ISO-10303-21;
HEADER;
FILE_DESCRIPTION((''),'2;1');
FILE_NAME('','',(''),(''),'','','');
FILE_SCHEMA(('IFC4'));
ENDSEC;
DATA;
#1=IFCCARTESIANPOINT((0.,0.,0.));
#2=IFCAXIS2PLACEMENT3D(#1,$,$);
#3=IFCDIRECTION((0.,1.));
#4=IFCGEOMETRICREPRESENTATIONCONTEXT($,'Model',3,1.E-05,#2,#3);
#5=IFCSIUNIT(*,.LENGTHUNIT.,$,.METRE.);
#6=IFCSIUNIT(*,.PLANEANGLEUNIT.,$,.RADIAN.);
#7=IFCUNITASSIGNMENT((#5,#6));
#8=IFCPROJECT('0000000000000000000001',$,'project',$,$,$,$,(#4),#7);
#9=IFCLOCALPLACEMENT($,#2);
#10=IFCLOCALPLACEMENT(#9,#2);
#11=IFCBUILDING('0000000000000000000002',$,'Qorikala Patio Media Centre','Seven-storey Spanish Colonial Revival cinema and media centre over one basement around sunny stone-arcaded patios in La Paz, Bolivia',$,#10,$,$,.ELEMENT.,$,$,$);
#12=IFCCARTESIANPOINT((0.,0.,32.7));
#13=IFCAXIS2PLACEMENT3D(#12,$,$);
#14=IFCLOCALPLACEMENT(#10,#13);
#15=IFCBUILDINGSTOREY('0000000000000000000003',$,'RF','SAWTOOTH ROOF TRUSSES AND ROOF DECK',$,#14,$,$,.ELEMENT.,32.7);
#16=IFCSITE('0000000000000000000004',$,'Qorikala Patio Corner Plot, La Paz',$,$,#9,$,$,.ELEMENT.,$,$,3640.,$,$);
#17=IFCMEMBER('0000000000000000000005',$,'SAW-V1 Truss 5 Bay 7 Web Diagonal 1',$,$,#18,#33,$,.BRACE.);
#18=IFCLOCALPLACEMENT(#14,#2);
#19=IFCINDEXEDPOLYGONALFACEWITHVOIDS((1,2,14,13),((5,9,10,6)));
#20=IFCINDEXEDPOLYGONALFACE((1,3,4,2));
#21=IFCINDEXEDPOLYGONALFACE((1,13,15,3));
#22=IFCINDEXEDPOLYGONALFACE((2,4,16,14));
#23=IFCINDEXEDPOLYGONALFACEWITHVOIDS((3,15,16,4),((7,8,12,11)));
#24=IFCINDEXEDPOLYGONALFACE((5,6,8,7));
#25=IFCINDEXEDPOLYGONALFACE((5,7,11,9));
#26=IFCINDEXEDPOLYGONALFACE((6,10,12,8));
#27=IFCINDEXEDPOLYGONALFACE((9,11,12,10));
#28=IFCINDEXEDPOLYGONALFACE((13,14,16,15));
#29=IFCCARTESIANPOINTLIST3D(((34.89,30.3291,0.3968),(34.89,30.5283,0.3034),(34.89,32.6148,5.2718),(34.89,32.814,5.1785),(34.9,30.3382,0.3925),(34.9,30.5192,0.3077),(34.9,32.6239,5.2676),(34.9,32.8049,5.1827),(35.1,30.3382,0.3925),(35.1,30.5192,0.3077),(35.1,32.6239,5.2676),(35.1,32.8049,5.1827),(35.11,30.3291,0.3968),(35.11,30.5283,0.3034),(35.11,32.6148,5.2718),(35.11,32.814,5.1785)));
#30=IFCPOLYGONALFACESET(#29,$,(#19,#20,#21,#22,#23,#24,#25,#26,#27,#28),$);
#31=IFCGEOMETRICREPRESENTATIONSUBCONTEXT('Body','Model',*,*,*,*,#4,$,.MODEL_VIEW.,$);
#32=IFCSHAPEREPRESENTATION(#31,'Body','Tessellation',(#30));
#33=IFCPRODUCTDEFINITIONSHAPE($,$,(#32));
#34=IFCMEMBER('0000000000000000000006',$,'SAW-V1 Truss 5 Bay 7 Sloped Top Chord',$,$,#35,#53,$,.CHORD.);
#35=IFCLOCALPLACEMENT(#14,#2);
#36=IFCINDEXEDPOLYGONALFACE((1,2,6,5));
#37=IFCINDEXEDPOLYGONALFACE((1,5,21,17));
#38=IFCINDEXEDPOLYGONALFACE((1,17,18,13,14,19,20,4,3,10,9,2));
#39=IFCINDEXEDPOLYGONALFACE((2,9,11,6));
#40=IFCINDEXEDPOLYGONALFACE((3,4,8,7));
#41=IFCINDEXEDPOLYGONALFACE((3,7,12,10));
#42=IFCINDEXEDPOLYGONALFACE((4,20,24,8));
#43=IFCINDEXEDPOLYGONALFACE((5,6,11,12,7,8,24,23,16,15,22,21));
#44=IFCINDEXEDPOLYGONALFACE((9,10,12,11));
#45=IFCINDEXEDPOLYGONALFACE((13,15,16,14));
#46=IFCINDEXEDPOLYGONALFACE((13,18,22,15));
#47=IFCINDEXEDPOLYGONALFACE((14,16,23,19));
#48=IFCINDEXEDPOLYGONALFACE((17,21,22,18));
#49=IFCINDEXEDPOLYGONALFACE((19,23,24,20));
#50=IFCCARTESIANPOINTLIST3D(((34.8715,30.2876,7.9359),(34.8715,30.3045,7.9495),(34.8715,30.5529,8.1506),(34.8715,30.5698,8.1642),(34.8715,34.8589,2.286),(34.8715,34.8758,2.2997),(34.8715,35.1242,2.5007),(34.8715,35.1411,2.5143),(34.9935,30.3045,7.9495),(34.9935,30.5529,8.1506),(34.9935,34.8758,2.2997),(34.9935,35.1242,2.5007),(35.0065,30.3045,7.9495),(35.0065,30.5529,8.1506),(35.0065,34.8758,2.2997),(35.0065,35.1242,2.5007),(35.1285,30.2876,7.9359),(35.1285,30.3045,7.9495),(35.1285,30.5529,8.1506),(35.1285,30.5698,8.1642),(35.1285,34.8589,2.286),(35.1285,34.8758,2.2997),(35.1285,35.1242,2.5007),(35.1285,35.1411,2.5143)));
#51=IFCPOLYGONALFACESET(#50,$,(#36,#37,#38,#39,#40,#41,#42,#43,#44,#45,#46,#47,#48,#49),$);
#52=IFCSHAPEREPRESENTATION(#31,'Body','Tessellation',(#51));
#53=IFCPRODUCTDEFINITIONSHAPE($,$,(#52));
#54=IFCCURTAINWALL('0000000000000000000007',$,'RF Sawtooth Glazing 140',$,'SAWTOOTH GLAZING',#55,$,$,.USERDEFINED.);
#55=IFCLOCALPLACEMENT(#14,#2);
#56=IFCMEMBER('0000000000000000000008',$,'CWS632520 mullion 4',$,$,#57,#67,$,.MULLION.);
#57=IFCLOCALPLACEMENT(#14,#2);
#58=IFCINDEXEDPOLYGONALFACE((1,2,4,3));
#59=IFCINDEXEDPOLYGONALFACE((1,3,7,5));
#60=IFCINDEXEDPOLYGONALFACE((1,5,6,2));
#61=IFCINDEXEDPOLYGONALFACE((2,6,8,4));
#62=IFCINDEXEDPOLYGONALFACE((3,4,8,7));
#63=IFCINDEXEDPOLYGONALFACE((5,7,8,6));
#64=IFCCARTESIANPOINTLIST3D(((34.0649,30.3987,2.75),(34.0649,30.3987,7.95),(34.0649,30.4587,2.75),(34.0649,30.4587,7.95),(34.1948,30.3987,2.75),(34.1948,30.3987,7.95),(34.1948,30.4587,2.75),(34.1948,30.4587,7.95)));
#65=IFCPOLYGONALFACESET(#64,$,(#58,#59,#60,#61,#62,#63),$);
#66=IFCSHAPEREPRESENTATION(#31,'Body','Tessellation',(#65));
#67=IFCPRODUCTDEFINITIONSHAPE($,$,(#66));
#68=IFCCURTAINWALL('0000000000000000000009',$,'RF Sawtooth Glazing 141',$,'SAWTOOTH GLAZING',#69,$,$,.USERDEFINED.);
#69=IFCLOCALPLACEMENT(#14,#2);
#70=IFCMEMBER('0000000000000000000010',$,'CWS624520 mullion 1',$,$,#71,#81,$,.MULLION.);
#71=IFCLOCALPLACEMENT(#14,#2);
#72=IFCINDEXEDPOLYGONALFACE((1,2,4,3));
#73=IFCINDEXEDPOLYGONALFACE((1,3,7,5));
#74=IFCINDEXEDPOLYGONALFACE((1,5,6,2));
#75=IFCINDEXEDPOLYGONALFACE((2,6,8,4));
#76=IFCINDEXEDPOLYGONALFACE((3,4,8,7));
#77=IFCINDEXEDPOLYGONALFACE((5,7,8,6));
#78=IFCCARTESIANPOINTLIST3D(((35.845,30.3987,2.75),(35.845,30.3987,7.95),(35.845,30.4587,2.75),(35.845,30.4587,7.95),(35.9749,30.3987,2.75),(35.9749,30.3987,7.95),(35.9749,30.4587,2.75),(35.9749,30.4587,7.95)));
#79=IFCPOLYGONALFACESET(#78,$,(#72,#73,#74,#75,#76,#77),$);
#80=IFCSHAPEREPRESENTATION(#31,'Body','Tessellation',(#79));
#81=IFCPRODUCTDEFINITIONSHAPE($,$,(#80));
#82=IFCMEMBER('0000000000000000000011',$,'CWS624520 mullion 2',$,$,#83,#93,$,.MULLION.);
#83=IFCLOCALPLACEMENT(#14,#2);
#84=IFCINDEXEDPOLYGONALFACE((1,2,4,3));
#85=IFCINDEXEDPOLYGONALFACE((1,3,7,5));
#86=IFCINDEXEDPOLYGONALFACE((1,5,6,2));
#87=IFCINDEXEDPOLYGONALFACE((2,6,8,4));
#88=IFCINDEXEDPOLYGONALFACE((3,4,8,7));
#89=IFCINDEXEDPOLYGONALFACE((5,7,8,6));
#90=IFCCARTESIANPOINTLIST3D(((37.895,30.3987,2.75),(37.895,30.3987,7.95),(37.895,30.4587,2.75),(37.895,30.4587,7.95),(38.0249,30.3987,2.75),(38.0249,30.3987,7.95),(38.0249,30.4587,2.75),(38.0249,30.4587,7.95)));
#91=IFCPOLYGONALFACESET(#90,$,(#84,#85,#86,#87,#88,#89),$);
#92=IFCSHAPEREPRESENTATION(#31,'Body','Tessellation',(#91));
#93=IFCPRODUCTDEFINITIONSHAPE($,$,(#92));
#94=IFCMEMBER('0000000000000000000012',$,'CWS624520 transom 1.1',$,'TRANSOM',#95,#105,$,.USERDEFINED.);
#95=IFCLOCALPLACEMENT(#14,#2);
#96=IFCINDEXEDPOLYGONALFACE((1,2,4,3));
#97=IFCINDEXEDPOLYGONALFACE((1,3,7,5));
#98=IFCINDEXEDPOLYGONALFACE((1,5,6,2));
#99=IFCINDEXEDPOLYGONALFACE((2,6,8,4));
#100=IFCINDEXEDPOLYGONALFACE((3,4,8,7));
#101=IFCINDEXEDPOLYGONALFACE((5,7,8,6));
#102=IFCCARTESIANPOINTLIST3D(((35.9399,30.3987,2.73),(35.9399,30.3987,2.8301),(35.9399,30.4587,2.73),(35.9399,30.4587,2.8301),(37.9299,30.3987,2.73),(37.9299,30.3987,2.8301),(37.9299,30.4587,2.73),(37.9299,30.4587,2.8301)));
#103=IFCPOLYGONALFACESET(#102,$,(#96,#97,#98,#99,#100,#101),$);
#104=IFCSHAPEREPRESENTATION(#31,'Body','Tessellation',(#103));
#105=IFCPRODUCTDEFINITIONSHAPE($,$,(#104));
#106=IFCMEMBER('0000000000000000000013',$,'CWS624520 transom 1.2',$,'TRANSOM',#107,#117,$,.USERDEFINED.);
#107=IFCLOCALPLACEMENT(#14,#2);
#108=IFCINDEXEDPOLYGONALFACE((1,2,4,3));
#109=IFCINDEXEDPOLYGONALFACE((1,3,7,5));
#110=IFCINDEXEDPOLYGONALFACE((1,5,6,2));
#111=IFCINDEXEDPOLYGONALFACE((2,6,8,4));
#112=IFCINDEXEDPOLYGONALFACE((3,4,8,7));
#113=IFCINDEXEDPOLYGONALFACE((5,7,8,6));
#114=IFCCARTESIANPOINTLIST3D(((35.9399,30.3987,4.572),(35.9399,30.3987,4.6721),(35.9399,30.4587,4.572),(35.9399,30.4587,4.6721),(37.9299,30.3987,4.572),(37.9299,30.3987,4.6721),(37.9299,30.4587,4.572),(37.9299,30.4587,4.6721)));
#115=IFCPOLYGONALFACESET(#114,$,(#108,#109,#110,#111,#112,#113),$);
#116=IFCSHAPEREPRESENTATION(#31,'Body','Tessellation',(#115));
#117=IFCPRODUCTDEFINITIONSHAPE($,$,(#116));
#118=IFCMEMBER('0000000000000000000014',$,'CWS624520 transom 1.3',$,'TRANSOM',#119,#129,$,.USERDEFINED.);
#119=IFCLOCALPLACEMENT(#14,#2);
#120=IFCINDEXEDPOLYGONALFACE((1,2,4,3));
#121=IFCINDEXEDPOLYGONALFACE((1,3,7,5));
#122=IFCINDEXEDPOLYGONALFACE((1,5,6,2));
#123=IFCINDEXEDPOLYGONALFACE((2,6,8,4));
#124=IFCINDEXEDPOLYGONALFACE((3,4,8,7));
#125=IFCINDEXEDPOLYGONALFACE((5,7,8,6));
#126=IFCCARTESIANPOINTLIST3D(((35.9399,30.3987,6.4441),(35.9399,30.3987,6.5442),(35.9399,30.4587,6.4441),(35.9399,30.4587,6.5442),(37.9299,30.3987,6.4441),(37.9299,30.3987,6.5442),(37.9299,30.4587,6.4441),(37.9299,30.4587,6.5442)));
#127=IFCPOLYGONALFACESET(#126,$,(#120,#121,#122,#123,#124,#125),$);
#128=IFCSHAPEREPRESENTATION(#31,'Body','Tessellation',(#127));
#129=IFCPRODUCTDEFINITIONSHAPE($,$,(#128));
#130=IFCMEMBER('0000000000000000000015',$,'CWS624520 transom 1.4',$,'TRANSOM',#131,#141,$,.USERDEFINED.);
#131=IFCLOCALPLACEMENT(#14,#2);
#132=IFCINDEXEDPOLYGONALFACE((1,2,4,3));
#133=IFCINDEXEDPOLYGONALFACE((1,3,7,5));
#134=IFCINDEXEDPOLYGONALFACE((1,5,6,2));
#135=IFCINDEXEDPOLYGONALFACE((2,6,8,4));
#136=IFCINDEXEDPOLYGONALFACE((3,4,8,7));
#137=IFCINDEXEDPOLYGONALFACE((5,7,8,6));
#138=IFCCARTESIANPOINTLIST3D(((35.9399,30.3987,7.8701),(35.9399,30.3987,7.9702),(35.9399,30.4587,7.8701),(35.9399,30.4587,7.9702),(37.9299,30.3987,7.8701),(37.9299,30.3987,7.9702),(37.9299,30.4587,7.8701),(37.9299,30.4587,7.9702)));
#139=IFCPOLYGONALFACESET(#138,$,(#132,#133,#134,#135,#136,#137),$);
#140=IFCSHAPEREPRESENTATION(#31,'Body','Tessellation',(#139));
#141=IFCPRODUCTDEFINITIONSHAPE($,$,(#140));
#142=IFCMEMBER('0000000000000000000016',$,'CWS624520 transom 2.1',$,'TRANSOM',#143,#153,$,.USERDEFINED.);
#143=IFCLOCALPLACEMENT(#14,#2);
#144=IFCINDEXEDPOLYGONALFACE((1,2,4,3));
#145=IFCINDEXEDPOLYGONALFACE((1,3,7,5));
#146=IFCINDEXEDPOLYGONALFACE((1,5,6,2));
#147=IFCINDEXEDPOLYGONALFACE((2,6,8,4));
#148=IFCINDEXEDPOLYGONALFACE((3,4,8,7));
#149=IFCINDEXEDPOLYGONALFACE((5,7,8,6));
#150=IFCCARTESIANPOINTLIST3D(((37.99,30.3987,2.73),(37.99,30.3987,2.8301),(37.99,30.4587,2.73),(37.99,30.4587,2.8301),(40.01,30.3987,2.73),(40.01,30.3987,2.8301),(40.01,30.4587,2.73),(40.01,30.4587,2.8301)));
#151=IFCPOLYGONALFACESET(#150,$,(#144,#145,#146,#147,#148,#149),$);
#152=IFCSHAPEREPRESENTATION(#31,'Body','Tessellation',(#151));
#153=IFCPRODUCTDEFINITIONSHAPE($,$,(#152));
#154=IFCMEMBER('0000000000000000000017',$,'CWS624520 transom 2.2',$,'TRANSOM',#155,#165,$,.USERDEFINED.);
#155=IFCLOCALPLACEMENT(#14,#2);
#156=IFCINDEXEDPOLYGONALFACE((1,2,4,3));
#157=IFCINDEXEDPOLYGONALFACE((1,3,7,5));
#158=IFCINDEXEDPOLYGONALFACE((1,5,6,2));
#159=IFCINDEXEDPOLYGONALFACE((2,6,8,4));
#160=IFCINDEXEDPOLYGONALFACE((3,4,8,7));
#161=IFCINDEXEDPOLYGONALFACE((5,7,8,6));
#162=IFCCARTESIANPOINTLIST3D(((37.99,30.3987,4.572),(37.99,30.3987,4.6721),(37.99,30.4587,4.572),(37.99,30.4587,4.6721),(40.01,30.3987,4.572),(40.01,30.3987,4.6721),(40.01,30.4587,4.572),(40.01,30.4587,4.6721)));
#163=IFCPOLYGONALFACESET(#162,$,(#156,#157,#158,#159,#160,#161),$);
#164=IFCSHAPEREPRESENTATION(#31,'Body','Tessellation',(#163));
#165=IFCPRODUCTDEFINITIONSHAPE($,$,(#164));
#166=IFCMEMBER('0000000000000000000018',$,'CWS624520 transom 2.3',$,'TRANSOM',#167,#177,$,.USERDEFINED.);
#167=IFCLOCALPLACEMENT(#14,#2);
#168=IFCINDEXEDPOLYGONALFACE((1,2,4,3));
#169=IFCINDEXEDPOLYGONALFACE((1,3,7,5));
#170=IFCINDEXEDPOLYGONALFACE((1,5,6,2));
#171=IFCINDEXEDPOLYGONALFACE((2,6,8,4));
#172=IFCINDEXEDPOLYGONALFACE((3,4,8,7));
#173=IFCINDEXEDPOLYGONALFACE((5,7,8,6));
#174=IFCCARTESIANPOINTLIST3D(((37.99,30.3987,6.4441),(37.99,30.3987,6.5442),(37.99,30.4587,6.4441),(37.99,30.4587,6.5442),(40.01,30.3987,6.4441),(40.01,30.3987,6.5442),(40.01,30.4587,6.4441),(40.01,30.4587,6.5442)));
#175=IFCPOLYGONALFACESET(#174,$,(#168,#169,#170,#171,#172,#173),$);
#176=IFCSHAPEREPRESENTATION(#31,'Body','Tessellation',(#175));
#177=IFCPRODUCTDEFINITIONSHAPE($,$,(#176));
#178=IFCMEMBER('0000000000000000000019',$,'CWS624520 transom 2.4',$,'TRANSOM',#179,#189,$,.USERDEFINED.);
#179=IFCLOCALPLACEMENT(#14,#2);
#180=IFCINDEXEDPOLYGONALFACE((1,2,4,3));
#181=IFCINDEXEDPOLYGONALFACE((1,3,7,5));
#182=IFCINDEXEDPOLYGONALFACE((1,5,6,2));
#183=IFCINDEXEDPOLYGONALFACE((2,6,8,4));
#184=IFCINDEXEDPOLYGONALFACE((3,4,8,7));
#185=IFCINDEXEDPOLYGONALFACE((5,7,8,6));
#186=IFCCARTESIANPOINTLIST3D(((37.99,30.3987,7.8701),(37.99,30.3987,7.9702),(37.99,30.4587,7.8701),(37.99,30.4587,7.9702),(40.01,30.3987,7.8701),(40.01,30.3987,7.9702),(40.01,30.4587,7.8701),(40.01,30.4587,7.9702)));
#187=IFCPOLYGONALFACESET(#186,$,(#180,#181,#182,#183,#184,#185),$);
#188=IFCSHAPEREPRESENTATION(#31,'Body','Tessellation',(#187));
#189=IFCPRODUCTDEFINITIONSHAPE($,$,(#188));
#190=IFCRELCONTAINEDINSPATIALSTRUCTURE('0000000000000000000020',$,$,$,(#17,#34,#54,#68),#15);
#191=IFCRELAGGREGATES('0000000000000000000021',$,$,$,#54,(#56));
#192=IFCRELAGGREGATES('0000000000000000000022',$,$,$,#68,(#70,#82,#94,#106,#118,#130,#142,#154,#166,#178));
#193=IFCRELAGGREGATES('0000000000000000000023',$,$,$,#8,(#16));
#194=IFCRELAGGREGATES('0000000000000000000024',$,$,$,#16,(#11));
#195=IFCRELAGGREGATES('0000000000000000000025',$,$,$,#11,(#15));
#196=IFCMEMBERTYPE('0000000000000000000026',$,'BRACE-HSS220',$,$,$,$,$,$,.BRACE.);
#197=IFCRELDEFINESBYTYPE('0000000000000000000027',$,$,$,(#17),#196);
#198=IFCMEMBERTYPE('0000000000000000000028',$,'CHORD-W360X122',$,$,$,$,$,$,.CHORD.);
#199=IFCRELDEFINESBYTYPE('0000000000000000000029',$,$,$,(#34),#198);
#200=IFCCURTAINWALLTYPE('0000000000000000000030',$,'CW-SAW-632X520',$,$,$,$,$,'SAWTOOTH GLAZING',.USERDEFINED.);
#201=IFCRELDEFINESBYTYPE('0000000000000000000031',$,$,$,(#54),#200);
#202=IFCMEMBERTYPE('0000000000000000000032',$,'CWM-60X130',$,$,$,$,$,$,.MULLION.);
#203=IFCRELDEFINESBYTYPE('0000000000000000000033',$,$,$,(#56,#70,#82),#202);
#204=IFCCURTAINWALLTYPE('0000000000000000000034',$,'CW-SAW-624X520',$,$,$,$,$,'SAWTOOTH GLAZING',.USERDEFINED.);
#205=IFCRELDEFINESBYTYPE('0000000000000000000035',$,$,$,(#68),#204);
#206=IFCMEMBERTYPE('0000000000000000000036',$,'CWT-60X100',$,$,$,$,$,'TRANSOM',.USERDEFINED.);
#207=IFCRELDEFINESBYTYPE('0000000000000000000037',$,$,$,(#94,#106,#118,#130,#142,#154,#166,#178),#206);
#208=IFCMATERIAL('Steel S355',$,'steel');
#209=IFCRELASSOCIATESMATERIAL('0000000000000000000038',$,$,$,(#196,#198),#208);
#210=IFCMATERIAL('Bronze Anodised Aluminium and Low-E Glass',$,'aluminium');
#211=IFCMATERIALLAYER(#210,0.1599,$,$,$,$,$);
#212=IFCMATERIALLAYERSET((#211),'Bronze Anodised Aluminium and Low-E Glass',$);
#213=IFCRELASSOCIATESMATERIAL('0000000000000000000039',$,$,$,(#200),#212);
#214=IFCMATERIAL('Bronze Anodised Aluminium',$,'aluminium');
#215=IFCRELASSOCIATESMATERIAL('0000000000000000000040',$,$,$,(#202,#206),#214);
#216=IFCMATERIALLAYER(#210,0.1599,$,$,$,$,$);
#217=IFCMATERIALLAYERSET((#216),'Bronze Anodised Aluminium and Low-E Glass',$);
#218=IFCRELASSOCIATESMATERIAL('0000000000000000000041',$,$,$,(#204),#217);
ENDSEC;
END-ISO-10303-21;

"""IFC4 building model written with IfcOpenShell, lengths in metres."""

from ifc_helpers import new_model, si_unit, direction, frame, origin, origin_2d, place, context, subcontext, project, spatial, rectangle, hollow_rectangle, i_section, extrude, material, layer, layer_set, material_profile, profile_set, type_object, element, aggregate, save


model = new_model("IFC4")

# Units and contexts
model_context = context("Model", 3, precision=1e-05, world=origin(), true_north=direction((0.0, 1.0)))
body_context = subcontext(model_context, "Body", "Model", "MODEL_VIEW")
ifc_project = project(units=[si_unit("LENGTHUNIT", "METRE"), si_unit("PLANEANGLEUNIT", "RADIAN")], contexts=[model_context])

# Site, building, storey
site_placement = place(None, origin())
site = spatial("IfcSite", under=ifc_project, at=site_placement, Name="Qorikala Patio Corner Plot, La Paz", CompositionType="ELEMENT", RefElevation=3640.0)
building_placement = place(site_placement, origin())
building = spatial("IfcBuilding", under=site, at=building_placement, Name="Qorikala Patio Media Centre", Description="Seven-storey Spanish Colonial Revival cinema and media centre over one basement around sunny stone-arcaded patios in La Paz, Bolivia", CompositionType="ELEMENT")
storey_placement = place(building_placement, frame((0.0, 0.0, 32.7)))
storey = spatial("IfcBuildingStorey", under=building, at=storey_placement, Name="RF", Description="SAWTOOTH ROOF TRUSSES AND ROOF DECK", CompositionType="ELEMENT", Elevation=32.7)

# Members
ifc_material_1 = material(Name="Steel S355", Category="steel")
ifc_material_profile_1 = material_profile(ifc_material_1, hollow_rectangle(XDim=0.22, YDim=0.22, WallThickness=0.01, at=origin_2d()), Name="HSS220X220X10")
ifc_profile_set_1 = profile_set([ifc_material_profile_1], Name="Steel S355")
member_type_1 = type_object("IfcMemberType", Name="BRACE-HSS220", PredefinedType="BRACE", material=ifc_profile_set_1)
member_1_placement = place(storey_placement, frame((35.0, 30.4287, 0.3501), z_axis=(0.0, 0.424508, 0.905424), x_axis=(-1.0, 0.0, 0.0)))
element("IfcMember", 1, at=member_1_placement, inside=storey, type_object=member_type_1, Name="SAW-V1 Truss 5 Bay 7 Web Diagonal 1", PredefinedType="BRACE", context=body_context, shape_type="SweptSolid", body=[
    extrude(hollow_rectangle(XDim=0.22, YDim=0.22, WallThickness=0.01, at=origin_2d()), origin(), (0.0, 0.0, 1.0), 5.3843),
])
ifc_material_profile_2 = material_profile(ifc_material_1, i_section(OverallWidth=0.2571, OverallDepth=0.363, WebThickness=0.0129, FlangeThickness=0.0217, at=origin_2d()), Name="W360X122")
ifc_profile_set_2 = profile_set([ifc_material_profile_2], Name="Steel S355")
member_type_2 = type_object("IfcMemberType", Name="CHORD-W360X122", PredefinedType="CHORD", material=ifc_profile_set_2)
member_2_placement = place(storey_placement, frame((35.0, 30.4287, 8.05), z_axis=(0.0, 0.628995, -0.777409), x_axis=(-1.0, 0.0, 0.0)))
element("IfcMember", 2, at=member_2_placement, inside=storey, type_object=member_type_2, Name="SAW-V1 Truss 5 Bay 7 Sloped Top Chord", PredefinedType="CHORD", context=body_context, shape_type="SweptSolid", body=[
    extrude(i_section(OverallWidth=0.2571, OverallDepth=0.363, WebThickness=0.0129, FlangeThickness=0.0217, at=origin_2d()), origin(), (0.0, 0.0, 1.0), 7.2676),
])

# Curtain wall, member
ifc_material_2 = material(Name="Bronze Anodised Aluminium and Low-E Glass", Category="aluminium")
ifc_layer_1 = layer(ifc_material_2, 0.1599)
ifc_layer_set_1 = layer_set([ifc_layer_1], Name="Bronze Anodised Aluminium and Low-E Glass")
curtain_wall_type_1 = type_object("IfcCurtainWallType", Name="CW-SAW-632X520", ElementType="SAWTOOTH GLAZING", PredefinedType="USERDEFINED", material=ifc_layer_set_1)
curtain_wall_1_placement = place(storey_placement, origin())
curtain_wall_1 = element("IfcCurtainWall", 3, at=curtain_wall_1_placement, inside=storey, type_object=curtain_wall_type_1, Name="RF Sawtooth Glazing 140", ObjectType="SAWTOOTH GLAZING", PredefinedType="USERDEFINED")
ifc_material_3 = material(Name="Bronze Anodised Aluminium", Category="aluminium")
ifc_material_profile_3 = material_profile(ifc_material_3, rectangle(XDim=0.0601, YDim=0.1299, at=origin_2d()), Name="ALU MULLION 60x130")
ifc_profile_set_3 = profile_set([ifc_material_profile_3], Name="Bronze Anodised Aluminium")
member_type_3 = type_object("IfcMemberType", Name="CWM-60X130", PredefinedType="MULLION", material=ifc_profile_set_3)
member_3_placement = place(storey_placement, frame((34.1299, 30.4287, 2.75), z_axis=(0.0, 0.0, 1.0), x_axis=(0.0, 1.0, 0.0)))
member_3 = element("IfcMember", 4, at=member_3_placement, type_object=member_type_3, Name="CWS632520 mullion 4", PredefinedType="MULLION", context=body_context, shape_type="SweptSolid", body=[
    extrude(rectangle(XDim=0.0601, YDim=0.1299, at=origin_2d()), origin(), (0.0, 0.0, 1.0), 5.2),
])

# Curtain wall, members
ifc_layer_2 = layer(ifc_material_2, 0.1599)
ifc_layer_set_2 = layer_set([ifc_layer_2], Name="Bronze Anodised Aluminium and Low-E Glass")
curtain_wall_type_2 = type_object("IfcCurtainWallType", Name="CW-SAW-624X520", ElementType="SAWTOOTH GLAZING", PredefinedType="USERDEFINED", material=ifc_layer_set_2)
curtain_wall_2_placement = place(storey_placement, origin())
curtain_wall_2 = element("IfcCurtainWall", 5, at=curtain_wall_2_placement, inside=storey, type_object=curtain_wall_type_2, Name="RF Sawtooth Glazing 141", ObjectType="SAWTOOTH GLAZING", PredefinedType="USERDEFINED")
member_4_placement = place(storey_placement, frame((35.9099, 30.4287, 2.75), z_axis=(0.0, 0.0, 1.0), x_axis=(0.0, 1.0, 0.0)))
member_4 = element("IfcMember", 6, at=member_4_placement, type_object=member_type_3, Name="CWS624520 mullion 1", PredefinedType="MULLION", context=body_context, shape_type="SweptSolid", body=[
    extrude(rectangle(XDim=0.0601, YDim=0.1299, at=origin_2d()), origin(), (0.0, 0.0, 1.0), 5.2),
])
member_5_placement = place(storey_placement, frame((37.96, 30.4287, 2.75), z_axis=(0.0, 0.0, 1.0), x_axis=(0.0, 1.0, 0.0)))
member_5 = element("IfcMember", 7, at=member_5_placement, type_object=member_type_3, Name="CWS624520 mullion 2", PredefinedType="MULLION", context=body_context, shape_type="SweptSolid", body=[
    extrude(rectangle(XDim=0.0601, YDim=0.1299, at=origin_2d()), origin(), (0.0, 0.0, 1.0), 5.2),
])
ifc_material_profile_4 = material_profile(ifc_material_3, rectangle(XDim=0.0601, YDim=0.1001, at=origin_2d()), Name="ALU TRANSOM 60x100")
ifc_profile_set_4 = profile_set([ifc_material_profile_4], Name="Bronze Anodised Aluminium")
member_type_4 = type_object("IfcMemberType", Name="CWT-60X100", ElementType="TRANSOM", PredefinedType="USERDEFINED", material=ifc_profile_set_4)
member_6_placement = place(storey_placement, frame((35.9399, 30.4287, 2.78), z_axis=(1.0, 0.0, 0.0), x_axis=(0.0, 1.0, 0.0)))
member_6 = element("IfcMember", 8, at=member_6_placement, type_object=member_type_4, Name="CWS624520 transom 1.1", ObjectType="TRANSOM", PredefinedType="USERDEFINED", context=body_context, shape_type="SweptSolid", body=[
    extrude(rectangle(XDim=0.0601, YDim=0.1001, at=origin_2d()), origin(), (0.0, 0.0, 1.0), 1.99),
])
member_7_placement = place(storey_placement, frame((35.9399, 30.4287, 4.6221), z_axis=(1.0, 0.0, 0.0), x_axis=(0.0, 1.0, 0.0)))
member_7 = element("IfcMember", 9, at=member_7_placement, type_object=member_type_4, Name="CWS624520 transom 1.2", ObjectType="TRANSOM", PredefinedType="USERDEFINED", context=body_context, shape_type="SweptSolid", body=[
    extrude(rectangle(XDim=0.0601, YDim=0.1001, at=origin_2d()), origin(), (0.0, 0.0, 1.0), 1.99),
])
member_8_placement = place(storey_placement, frame((35.9399, 30.4287, 6.4941), z_axis=(1.0, 0.0, 0.0), x_axis=(0.0, 1.0, 0.0)))
member_8 = element("IfcMember", 10, at=member_8_placement, type_object=member_type_4, Name="CWS624520 transom 1.3", ObjectType="TRANSOM", PredefinedType="USERDEFINED", context=body_context, shape_type="SweptSolid", body=[
    extrude(rectangle(XDim=0.0601, YDim=0.1001, at=origin_2d()), origin(), (0.0, 0.0, 1.0), 1.99),
])
member_9_placement = place(storey_placement, frame((35.9399, 30.4287, 7.9202), z_axis=(1.0, 0.0, 0.0), x_axis=(0.0, 1.0, 0.0)))
member_9 = element("IfcMember", 11, at=member_9_placement, type_object=member_type_4, Name="CWS624520 transom 1.4", ObjectType="TRANSOM", PredefinedType="USERDEFINED", context=body_context, shape_type="SweptSolid", body=[
    extrude(rectangle(XDim=0.0601, YDim=0.1001, at=origin_2d()), origin(), (0.0, 0.0, 1.0), 1.99),
])
member_10_placement = place(storey_placement, frame((37.99, 30.4287, 2.78), z_axis=(1.0, 0.0, 0.0), x_axis=(0.0, 1.0, 0.0)))
member_10 = element("IfcMember", 12, at=member_10_placement, type_object=member_type_4, Name="CWS624520 transom 2.1", ObjectType="TRANSOM", PredefinedType="USERDEFINED", context=body_context, shape_type="SweptSolid", body=[
    extrude(rectangle(XDim=0.0601, YDim=0.1001, at=origin_2d()), origin(), (0.0, 0.0, 1.0), 2.02),
])
member_11_placement = place(storey_placement, frame((37.99, 30.4287, 4.6221), z_axis=(1.0, 0.0, 0.0), x_axis=(0.0, 1.0, 0.0)))
member_11 = element("IfcMember", 13, at=member_11_placement, type_object=member_type_4, Name="CWS624520 transom 2.2", ObjectType="TRANSOM", PredefinedType="USERDEFINED", context=body_context, shape_type="SweptSolid", body=[
    extrude(rectangle(XDim=0.0601, YDim=0.1001, at=origin_2d()), origin(), (0.0, 0.0, 1.0), 2.02),
])
member_12_placement = place(storey_placement, frame((37.99, 30.4287, 6.4941), z_axis=(1.0, 0.0, 0.0), x_axis=(0.0, 1.0, 0.0)))
member_12 = element("IfcMember", 14, at=member_12_placement, type_object=member_type_4, Name="CWS624520 transom 2.3", ObjectType="TRANSOM", PredefinedType="USERDEFINED", context=body_context, shape_type="SweptSolid", body=[
    extrude(rectangle(XDim=0.0601, YDim=0.1001, at=origin_2d()), origin(), (0.0, 0.0, 1.0), 2.02),
])
member_13_placement = place(storey_placement, frame((37.99, 30.4287, 7.9202), z_axis=(1.0, 0.0, 0.0), x_axis=(0.0, 1.0, 0.0)))
member_13 = element("IfcMember", 15, at=member_13_placement, type_object=member_type_4, Name="CWS624520 transom 2.4", ObjectType="TRANSOM", PredefinedType="USERDEFINED", context=body_context, shape_type="SweptSolid", body=[
    extrude(rectangle(XDim=0.0601, YDim=0.1001, at=origin_2d()), origin(), (0.0, 0.0, 1.0), 2.02),
])

aggregate(curtain_wall_1, [member_3])
aggregate(curtain_wall_2, [member_4, member_5, member_6, member_7, member_8, member_9, member_10, member_11, member_12, member_13])

save(model, "model.ifc")
